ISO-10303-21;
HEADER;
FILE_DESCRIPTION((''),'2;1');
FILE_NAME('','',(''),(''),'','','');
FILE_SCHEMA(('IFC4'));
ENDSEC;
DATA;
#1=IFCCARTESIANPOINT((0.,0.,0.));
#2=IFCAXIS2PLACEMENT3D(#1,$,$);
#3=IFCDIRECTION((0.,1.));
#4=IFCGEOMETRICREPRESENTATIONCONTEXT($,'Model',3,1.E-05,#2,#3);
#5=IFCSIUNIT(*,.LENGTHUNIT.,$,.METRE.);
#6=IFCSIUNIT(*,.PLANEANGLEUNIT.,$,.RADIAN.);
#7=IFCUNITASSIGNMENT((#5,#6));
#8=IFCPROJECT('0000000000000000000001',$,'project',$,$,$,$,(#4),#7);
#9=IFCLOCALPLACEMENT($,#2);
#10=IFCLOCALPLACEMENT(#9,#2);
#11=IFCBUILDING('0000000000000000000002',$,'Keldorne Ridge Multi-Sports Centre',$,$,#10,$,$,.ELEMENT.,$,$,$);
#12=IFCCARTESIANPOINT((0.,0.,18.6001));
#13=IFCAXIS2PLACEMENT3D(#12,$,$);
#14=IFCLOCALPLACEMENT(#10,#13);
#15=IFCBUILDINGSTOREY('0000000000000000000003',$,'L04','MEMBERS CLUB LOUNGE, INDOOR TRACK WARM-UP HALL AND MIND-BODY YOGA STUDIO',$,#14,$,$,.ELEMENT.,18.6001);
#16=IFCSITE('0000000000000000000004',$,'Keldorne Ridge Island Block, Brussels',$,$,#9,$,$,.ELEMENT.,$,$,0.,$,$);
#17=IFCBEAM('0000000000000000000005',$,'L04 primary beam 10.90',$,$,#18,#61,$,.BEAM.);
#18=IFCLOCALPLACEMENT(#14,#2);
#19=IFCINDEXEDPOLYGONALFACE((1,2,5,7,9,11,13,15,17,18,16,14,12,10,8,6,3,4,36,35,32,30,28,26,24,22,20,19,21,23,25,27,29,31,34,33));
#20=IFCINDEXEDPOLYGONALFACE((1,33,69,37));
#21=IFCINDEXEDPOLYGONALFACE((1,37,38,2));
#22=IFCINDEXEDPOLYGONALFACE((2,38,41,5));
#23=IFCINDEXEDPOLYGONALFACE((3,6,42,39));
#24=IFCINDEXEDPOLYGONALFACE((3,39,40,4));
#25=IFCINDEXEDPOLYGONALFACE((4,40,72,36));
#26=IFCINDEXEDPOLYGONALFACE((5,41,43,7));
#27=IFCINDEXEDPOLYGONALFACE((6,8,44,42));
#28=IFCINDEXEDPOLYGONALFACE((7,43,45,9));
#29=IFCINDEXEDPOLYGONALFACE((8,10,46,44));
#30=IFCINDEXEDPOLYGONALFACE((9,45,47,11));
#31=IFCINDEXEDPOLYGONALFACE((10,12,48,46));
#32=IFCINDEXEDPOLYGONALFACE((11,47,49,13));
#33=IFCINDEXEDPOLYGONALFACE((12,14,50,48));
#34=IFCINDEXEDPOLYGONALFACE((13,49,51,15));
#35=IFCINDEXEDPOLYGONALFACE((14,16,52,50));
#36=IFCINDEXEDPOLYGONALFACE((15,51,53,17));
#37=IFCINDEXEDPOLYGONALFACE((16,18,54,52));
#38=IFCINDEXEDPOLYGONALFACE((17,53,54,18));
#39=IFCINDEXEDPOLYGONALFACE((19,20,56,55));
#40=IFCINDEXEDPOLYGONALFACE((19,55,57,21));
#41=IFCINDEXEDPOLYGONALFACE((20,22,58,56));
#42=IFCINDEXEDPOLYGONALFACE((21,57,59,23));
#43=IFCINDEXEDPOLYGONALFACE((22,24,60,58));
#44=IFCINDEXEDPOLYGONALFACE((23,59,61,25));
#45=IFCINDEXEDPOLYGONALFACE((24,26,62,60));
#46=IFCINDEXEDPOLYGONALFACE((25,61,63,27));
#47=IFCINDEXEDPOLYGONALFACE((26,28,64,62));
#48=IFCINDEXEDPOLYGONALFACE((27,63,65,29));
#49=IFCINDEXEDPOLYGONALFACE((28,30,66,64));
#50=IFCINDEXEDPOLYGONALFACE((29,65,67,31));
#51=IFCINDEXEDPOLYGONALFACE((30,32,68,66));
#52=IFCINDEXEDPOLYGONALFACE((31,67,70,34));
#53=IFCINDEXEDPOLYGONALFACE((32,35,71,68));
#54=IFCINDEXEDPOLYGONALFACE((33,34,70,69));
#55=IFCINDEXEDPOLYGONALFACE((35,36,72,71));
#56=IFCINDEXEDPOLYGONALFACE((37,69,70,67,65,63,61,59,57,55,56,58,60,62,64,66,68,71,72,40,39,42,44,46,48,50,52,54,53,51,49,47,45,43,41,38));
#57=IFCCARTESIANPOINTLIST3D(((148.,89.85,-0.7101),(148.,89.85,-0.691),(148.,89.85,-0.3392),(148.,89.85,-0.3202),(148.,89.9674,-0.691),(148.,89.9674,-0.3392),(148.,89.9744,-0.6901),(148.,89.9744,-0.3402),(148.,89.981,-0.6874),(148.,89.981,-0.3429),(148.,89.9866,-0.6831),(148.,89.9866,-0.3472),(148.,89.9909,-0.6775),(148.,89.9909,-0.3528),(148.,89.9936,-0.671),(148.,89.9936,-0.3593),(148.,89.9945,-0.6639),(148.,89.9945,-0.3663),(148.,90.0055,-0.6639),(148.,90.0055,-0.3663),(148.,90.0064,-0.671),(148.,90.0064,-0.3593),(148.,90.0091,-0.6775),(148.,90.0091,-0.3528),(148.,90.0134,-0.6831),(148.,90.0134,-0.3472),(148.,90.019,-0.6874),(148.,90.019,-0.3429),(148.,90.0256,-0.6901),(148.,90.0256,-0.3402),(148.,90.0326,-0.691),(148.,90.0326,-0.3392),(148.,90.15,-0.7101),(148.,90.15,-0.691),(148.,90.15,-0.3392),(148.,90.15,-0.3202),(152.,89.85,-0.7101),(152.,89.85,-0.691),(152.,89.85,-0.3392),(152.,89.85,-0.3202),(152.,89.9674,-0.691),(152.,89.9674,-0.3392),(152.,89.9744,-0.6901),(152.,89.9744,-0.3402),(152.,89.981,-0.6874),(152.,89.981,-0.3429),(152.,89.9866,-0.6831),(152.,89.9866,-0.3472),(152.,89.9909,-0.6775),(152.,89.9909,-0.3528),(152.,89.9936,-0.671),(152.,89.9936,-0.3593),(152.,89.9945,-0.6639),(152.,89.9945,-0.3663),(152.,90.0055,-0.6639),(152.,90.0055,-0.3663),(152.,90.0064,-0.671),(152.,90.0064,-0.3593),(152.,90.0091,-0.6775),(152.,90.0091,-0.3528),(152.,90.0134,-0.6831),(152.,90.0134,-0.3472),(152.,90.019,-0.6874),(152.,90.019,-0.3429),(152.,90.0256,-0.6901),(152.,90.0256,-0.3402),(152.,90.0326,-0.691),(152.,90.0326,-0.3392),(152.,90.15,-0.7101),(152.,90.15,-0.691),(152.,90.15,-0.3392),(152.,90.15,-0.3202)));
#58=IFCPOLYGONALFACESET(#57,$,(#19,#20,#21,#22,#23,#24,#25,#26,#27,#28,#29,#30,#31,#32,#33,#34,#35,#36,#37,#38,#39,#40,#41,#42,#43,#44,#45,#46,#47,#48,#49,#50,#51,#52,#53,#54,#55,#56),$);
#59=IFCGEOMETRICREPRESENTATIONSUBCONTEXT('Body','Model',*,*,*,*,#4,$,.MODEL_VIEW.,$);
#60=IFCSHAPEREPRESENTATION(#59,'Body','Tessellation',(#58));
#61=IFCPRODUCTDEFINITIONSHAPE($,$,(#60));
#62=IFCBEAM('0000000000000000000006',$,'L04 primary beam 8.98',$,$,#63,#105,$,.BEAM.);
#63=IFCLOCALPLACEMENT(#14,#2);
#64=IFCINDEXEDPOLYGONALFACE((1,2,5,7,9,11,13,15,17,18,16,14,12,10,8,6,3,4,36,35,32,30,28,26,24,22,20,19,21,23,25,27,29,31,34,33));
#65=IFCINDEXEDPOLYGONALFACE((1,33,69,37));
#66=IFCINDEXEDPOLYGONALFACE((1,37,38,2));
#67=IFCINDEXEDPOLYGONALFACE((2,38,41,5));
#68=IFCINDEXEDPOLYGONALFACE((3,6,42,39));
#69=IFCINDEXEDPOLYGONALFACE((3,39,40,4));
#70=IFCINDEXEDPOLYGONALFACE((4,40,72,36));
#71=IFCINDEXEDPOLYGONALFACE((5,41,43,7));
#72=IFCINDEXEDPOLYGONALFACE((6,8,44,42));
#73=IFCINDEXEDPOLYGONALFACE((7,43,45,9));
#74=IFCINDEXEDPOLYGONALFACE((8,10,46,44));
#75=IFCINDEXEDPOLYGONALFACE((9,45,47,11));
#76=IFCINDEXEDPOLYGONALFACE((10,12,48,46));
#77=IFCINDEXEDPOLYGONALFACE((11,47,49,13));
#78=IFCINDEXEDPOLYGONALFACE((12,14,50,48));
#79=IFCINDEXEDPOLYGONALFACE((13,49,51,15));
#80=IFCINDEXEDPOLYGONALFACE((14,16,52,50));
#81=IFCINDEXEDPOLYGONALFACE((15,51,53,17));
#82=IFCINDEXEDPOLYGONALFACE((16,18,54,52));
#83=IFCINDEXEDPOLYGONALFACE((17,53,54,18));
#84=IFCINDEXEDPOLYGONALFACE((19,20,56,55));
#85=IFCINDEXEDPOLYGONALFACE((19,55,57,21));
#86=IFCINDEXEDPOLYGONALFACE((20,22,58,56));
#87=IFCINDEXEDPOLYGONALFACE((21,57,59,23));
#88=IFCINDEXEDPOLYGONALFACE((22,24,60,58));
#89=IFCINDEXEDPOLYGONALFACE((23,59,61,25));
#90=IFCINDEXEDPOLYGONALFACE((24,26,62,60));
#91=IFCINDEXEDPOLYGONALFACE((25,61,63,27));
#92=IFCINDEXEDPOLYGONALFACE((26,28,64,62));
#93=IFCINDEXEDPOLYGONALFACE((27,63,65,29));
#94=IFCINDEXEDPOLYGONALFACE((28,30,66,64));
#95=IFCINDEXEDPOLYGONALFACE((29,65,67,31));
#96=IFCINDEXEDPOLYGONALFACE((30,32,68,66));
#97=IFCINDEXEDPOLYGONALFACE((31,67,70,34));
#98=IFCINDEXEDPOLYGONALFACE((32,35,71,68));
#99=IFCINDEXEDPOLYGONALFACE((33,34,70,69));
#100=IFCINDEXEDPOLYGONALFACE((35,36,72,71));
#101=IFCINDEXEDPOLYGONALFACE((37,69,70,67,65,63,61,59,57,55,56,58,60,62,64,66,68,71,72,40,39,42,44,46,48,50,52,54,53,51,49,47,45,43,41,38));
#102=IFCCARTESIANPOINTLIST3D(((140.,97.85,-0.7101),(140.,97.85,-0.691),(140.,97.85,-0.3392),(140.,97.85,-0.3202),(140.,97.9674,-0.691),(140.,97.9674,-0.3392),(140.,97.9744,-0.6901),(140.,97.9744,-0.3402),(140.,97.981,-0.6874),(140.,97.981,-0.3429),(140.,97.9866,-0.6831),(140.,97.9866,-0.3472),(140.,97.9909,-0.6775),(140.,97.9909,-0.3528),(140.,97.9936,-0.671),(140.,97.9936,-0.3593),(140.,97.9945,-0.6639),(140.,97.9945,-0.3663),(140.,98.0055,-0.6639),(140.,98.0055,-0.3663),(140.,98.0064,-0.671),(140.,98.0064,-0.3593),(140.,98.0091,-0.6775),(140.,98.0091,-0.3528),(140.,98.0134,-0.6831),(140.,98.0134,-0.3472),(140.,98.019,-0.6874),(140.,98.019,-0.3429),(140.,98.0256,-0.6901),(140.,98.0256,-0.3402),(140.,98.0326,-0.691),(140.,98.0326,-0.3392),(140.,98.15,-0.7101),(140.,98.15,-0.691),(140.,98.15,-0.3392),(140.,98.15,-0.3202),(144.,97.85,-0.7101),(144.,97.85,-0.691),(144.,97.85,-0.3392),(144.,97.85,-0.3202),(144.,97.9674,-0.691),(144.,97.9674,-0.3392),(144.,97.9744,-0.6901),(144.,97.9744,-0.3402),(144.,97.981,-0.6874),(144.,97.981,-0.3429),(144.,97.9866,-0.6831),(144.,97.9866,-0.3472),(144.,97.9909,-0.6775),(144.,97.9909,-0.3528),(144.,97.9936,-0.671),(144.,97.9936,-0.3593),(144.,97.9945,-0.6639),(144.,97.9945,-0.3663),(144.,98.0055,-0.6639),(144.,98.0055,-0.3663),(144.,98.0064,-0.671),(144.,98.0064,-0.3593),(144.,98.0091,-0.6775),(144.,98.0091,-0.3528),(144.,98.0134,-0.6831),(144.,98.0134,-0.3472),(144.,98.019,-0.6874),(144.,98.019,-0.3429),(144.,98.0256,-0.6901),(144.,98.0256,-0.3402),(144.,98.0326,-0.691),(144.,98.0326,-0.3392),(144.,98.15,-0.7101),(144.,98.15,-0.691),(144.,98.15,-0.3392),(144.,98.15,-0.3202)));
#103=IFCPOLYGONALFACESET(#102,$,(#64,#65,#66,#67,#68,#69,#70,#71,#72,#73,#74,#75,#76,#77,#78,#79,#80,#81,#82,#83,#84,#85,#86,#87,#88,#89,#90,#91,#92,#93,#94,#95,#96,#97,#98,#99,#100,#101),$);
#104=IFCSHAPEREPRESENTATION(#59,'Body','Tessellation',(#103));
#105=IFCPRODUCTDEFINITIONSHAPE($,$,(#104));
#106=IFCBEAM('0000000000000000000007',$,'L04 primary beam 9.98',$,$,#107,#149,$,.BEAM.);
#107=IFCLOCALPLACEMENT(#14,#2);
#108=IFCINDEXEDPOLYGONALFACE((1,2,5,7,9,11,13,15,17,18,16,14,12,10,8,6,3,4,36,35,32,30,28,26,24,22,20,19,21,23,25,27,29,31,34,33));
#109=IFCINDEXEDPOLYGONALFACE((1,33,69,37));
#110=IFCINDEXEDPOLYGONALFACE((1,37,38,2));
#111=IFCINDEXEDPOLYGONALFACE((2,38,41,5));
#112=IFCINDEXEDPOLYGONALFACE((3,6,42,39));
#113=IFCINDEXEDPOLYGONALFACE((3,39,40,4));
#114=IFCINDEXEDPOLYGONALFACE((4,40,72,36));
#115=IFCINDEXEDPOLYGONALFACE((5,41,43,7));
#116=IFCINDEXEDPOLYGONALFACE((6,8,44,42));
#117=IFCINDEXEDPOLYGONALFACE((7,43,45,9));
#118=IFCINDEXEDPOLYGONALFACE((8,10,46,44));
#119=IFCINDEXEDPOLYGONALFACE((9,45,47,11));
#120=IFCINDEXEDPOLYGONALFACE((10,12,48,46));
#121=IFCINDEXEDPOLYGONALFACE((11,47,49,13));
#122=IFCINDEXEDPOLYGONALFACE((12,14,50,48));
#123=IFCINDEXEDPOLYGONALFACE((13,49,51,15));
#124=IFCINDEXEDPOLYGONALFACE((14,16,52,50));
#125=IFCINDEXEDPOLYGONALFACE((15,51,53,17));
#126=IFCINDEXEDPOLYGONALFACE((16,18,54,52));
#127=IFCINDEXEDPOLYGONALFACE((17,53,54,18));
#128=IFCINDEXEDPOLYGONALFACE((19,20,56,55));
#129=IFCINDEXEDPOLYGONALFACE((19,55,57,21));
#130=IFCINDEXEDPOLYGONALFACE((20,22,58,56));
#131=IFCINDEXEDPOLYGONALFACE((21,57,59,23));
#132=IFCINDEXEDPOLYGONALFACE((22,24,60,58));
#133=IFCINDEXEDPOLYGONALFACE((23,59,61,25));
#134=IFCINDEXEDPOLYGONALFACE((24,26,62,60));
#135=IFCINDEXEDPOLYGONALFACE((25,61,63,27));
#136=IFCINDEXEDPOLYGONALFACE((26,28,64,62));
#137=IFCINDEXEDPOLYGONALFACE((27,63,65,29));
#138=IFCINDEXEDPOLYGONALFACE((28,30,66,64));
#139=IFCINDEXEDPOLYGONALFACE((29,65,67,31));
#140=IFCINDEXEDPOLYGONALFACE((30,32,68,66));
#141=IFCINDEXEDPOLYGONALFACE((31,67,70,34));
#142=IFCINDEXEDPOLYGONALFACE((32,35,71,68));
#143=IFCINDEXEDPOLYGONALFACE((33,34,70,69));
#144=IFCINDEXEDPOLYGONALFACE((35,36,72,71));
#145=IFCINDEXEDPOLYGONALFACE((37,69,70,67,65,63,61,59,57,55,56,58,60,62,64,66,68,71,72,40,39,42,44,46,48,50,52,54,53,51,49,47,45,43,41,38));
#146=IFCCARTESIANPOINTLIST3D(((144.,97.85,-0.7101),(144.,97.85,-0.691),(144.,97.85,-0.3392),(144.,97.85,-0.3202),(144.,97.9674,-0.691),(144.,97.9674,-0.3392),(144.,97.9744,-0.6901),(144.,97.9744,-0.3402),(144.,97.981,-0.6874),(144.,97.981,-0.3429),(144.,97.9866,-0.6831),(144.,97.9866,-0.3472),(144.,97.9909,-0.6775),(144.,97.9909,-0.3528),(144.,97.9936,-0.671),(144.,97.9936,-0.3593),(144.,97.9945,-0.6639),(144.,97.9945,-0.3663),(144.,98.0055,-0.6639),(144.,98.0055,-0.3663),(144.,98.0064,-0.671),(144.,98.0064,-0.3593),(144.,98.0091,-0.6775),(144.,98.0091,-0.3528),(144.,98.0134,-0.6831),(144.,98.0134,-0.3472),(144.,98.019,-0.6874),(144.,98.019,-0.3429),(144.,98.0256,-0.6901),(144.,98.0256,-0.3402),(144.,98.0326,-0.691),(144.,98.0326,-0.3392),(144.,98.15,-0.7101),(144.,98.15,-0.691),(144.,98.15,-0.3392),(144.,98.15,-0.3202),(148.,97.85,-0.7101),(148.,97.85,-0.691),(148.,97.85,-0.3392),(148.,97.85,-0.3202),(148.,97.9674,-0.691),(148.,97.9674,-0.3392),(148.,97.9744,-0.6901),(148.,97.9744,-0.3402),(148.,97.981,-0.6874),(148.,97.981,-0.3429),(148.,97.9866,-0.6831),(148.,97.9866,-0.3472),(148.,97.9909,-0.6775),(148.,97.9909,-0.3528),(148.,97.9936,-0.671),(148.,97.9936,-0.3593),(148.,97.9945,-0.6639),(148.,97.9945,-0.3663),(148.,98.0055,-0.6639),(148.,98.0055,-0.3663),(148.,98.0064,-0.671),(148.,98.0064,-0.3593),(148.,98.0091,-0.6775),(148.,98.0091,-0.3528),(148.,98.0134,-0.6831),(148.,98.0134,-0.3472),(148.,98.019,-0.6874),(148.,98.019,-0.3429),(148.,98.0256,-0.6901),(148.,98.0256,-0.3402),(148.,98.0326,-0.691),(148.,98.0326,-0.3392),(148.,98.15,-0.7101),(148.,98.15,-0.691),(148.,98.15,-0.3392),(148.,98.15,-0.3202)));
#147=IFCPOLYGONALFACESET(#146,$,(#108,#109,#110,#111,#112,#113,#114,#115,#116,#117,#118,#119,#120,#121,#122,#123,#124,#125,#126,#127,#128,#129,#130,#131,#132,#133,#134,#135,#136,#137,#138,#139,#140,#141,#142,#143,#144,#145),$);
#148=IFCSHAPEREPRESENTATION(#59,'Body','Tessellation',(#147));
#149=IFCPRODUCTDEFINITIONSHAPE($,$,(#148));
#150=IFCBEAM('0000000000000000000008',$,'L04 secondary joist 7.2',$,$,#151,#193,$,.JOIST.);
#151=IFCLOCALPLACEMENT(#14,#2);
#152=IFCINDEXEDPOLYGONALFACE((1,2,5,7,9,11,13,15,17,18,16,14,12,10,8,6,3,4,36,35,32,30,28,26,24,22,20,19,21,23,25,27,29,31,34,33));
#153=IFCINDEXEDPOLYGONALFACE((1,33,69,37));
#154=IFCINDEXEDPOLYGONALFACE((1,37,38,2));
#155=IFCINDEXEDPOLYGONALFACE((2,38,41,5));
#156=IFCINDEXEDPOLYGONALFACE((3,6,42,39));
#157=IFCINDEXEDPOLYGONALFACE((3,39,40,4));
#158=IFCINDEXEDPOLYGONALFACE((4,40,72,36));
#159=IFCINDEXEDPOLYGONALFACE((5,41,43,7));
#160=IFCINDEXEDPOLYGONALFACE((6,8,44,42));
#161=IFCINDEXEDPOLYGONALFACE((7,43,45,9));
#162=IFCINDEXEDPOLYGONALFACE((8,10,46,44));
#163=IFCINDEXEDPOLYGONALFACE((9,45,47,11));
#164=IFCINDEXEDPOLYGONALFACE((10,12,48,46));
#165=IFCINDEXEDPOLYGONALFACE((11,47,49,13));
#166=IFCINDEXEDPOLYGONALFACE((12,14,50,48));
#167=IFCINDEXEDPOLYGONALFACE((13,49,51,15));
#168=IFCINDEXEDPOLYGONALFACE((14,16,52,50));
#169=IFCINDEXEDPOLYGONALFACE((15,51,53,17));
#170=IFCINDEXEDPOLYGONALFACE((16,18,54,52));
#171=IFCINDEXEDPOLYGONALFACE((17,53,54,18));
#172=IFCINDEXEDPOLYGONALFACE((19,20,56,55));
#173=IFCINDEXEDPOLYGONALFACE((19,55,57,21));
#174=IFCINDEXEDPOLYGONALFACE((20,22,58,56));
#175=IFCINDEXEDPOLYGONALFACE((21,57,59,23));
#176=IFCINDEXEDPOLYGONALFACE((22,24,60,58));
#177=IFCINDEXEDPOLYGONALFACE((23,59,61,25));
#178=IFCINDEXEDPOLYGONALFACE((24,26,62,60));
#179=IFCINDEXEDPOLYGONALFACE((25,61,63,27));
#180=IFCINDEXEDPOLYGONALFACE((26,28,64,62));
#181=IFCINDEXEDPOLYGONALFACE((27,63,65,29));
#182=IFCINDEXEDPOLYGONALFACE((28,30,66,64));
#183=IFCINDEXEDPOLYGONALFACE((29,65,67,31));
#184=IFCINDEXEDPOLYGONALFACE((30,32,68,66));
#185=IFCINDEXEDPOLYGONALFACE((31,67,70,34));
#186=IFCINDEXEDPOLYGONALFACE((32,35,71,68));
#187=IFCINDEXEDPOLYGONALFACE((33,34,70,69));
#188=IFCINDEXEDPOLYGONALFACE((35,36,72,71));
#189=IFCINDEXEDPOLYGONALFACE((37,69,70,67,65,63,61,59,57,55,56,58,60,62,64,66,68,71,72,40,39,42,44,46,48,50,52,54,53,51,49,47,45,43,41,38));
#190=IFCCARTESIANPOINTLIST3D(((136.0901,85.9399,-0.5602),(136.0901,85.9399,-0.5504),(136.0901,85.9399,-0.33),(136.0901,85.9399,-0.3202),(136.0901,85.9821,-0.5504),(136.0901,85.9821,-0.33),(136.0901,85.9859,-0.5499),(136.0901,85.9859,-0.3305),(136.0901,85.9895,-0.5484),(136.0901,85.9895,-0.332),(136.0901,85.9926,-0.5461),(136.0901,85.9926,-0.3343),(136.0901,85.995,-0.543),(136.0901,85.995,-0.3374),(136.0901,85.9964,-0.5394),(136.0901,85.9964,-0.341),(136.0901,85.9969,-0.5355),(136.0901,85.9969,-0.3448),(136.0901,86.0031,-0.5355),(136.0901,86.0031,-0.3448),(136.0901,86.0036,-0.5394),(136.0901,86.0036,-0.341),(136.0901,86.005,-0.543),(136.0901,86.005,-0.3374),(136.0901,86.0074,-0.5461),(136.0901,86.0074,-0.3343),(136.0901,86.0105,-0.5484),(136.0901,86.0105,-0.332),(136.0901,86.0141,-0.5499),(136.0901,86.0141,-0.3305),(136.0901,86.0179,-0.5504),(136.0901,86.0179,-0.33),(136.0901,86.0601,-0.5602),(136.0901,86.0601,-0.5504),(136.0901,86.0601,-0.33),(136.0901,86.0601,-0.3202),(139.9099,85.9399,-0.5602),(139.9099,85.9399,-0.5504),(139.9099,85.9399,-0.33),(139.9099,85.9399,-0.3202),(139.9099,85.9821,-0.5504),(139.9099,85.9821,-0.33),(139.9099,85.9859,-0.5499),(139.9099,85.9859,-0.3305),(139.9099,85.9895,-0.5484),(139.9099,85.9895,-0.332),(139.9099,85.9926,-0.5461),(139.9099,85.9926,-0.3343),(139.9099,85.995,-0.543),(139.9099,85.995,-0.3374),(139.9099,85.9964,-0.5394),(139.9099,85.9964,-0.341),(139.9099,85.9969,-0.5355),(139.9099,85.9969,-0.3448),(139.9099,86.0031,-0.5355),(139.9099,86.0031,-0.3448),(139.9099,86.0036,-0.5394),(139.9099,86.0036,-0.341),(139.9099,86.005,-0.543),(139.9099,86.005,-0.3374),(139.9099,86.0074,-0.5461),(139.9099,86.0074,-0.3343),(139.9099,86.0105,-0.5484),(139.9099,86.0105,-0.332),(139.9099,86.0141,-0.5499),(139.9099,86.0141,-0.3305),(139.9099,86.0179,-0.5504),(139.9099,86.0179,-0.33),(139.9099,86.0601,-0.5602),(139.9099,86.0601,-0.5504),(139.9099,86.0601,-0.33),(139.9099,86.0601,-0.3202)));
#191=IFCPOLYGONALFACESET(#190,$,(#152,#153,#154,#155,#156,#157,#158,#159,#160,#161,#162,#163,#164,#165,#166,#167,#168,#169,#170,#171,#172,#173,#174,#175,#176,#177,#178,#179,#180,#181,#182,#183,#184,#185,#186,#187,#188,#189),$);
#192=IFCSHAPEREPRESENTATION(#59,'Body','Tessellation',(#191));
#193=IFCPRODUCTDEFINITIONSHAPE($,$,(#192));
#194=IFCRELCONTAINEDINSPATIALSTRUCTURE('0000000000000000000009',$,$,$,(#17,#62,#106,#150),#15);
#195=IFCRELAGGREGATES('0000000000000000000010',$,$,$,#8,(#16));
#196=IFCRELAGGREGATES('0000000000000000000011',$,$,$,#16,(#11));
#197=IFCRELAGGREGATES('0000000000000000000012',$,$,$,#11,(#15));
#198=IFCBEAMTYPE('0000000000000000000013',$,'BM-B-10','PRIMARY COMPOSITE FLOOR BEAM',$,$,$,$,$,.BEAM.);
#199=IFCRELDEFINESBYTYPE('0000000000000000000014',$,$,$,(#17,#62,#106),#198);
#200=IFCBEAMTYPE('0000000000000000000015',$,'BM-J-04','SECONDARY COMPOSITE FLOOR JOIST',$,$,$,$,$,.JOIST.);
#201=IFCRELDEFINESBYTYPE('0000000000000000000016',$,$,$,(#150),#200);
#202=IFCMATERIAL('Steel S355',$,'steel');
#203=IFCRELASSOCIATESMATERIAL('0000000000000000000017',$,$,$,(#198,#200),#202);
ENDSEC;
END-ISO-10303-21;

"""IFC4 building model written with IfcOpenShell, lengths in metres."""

from ifc_helpers import new_model, si_unit, direction, frame, origin, origin_2d, place, context, subcontext, project, spatial, i_section, extrude, material, material_profile, profile_set, type_object, element, save


model = new_model("IFC4")

# Units and contexts
model_context = context("Model", 3, precision=1e-05, world=origin(), true_north=direction((0.0, 1.0)))
body_context = subcontext(model_context, "Body", "Model", "MODEL_VIEW")
ifc_project = project(units=[si_unit("LENGTHUNIT", "METRE"), si_unit("PLANEANGLEUNIT", "RADIAN")], contexts=[model_context])

# Site, building, storey
site_placement = place(None, origin())
site = spatial("IfcSite", under=ifc_project, at=site_placement, Name="Keldorne Ridge Island Block, Brussels", CompositionType="ELEMENT", RefElevation=0.0)
building_placement = place(site_placement, origin())
building = spatial("IfcBuilding", under=site, at=building_placement, Name="Keldorne Ridge Multi-Sports Centre", CompositionType="ELEMENT")
storey_placement = place(building_placement, frame((0.0, 0.0, 18.6001)))
storey = spatial("IfcBuildingStorey", under=building, at=storey_placement, Name="L04", Description="MEMBERS CLUB LOUNGE, INDOOR TRACK WARM-UP HALL AND MIND-BODY YOGA STUDIO", CompositionType="ELEMENT", Elevation=18.6001)

# Beams
ifc_material = material(Name="Steel S355", Category="steel")
ifc_material_profile_1 = material_profile(ifc_material, i_section(OverallWidth=0.3, OverallDepth=0.3899, WebThickness=0.011, FlangeThickness=0.019, FilletRadius=0.0271, at=origin_2d()), Name="HEA 400")
ifc_profile_set_1 = profile_set([ifc_material_profile_1], Name="Steel S355")
beam_type_1 = type_object("IfcBeamType", Name="BM-B-10", Description="PRIMARY COMPOSITE FLOOR BEAM", PredefinedType="BEAM", material=ifc_profile_set_1)
for number, where, z_axis, x_axis, name in (
    (1, (148.0, 90.0, -0.5151), (1.0, 0.0, 0.0), (0.0, 1.0, 0.0), "L04 primary beam 10.90"),
    (2, (140.0, 98.0, -0.5151), (1.0, 0.0, 0.0), (0.0, 1.0, 0.0), "L04 primary beam 8.98"),
    (3, (144.0, 98.0, -0.5151), (1.0, 0.0, 0.0), (0.0, 1.0, 0.0), "L04 primary beam 9.98"),
):
    element("IfcBeam", number, at=place(storey_placement, frame(where, z_axis=z_axis, x_axis=x_axis)), inside=storey, type_object=beam_type_1, Name=name, PredefinedType="BEAM", context=body_context, shape_type="SweptSolid", body=[
        extrude(i_section(OverallWidth=0.3, OverallDepth=0.3899, WebThickness=0.011, FlangeThickness=0.019, FilletRadius=0.0271, at=origin_2d()), origin(), (0.0, 0.0, 1.0), 4.0),
    ])
ifc_material_profile_2 = material_profile(ifc_material, i_section(OverallWidth=0.1201, OverallDepth=0.24, WebThickness=0.0061, FlangeThickness=0.0098, FilletRadius=0.0149, at=origin_2d()), Name="IPE 240")
ifc_profile_set_2 = profile_set([ifc_material_profile_2], Name="Steel S355")
beam_type_2 = type_object("IfcBeamType", Name="BM-J-04", Description="SECONDARY COMPOSITE FLOOR JOIST", PredefinedType="JOIST", material=ifc_profile_set_2)
for number, where, z_axis, x_axis, name in (
    (4, (136.0901, 86.0, -0.4402), (1.0, 0.0, 0.0), (0.0, 1.0, 0.0), "L04 secondary joist 7.2"),
):
    element("IfcBeam", number, at=place(storey_placement, frame(where, z_axis=z_axis, x_axis=x_axis)), inside=storey, type_object=beam_type_2, Name=name, PredefinedType="JOIST", context=body_context, shape_type="SweptSolid", body=[
        extrude(i_section(OverallWidth=0.1201, OverallDepth=0.24, WebThickness=0.0061, FlangeThickness=0.0098, FilletRadius=0.0149, at=origin_2d()), origin(), (0.0, 0.0, 1.0), 3.8198),
    ])

save(model, "model.ifc")
